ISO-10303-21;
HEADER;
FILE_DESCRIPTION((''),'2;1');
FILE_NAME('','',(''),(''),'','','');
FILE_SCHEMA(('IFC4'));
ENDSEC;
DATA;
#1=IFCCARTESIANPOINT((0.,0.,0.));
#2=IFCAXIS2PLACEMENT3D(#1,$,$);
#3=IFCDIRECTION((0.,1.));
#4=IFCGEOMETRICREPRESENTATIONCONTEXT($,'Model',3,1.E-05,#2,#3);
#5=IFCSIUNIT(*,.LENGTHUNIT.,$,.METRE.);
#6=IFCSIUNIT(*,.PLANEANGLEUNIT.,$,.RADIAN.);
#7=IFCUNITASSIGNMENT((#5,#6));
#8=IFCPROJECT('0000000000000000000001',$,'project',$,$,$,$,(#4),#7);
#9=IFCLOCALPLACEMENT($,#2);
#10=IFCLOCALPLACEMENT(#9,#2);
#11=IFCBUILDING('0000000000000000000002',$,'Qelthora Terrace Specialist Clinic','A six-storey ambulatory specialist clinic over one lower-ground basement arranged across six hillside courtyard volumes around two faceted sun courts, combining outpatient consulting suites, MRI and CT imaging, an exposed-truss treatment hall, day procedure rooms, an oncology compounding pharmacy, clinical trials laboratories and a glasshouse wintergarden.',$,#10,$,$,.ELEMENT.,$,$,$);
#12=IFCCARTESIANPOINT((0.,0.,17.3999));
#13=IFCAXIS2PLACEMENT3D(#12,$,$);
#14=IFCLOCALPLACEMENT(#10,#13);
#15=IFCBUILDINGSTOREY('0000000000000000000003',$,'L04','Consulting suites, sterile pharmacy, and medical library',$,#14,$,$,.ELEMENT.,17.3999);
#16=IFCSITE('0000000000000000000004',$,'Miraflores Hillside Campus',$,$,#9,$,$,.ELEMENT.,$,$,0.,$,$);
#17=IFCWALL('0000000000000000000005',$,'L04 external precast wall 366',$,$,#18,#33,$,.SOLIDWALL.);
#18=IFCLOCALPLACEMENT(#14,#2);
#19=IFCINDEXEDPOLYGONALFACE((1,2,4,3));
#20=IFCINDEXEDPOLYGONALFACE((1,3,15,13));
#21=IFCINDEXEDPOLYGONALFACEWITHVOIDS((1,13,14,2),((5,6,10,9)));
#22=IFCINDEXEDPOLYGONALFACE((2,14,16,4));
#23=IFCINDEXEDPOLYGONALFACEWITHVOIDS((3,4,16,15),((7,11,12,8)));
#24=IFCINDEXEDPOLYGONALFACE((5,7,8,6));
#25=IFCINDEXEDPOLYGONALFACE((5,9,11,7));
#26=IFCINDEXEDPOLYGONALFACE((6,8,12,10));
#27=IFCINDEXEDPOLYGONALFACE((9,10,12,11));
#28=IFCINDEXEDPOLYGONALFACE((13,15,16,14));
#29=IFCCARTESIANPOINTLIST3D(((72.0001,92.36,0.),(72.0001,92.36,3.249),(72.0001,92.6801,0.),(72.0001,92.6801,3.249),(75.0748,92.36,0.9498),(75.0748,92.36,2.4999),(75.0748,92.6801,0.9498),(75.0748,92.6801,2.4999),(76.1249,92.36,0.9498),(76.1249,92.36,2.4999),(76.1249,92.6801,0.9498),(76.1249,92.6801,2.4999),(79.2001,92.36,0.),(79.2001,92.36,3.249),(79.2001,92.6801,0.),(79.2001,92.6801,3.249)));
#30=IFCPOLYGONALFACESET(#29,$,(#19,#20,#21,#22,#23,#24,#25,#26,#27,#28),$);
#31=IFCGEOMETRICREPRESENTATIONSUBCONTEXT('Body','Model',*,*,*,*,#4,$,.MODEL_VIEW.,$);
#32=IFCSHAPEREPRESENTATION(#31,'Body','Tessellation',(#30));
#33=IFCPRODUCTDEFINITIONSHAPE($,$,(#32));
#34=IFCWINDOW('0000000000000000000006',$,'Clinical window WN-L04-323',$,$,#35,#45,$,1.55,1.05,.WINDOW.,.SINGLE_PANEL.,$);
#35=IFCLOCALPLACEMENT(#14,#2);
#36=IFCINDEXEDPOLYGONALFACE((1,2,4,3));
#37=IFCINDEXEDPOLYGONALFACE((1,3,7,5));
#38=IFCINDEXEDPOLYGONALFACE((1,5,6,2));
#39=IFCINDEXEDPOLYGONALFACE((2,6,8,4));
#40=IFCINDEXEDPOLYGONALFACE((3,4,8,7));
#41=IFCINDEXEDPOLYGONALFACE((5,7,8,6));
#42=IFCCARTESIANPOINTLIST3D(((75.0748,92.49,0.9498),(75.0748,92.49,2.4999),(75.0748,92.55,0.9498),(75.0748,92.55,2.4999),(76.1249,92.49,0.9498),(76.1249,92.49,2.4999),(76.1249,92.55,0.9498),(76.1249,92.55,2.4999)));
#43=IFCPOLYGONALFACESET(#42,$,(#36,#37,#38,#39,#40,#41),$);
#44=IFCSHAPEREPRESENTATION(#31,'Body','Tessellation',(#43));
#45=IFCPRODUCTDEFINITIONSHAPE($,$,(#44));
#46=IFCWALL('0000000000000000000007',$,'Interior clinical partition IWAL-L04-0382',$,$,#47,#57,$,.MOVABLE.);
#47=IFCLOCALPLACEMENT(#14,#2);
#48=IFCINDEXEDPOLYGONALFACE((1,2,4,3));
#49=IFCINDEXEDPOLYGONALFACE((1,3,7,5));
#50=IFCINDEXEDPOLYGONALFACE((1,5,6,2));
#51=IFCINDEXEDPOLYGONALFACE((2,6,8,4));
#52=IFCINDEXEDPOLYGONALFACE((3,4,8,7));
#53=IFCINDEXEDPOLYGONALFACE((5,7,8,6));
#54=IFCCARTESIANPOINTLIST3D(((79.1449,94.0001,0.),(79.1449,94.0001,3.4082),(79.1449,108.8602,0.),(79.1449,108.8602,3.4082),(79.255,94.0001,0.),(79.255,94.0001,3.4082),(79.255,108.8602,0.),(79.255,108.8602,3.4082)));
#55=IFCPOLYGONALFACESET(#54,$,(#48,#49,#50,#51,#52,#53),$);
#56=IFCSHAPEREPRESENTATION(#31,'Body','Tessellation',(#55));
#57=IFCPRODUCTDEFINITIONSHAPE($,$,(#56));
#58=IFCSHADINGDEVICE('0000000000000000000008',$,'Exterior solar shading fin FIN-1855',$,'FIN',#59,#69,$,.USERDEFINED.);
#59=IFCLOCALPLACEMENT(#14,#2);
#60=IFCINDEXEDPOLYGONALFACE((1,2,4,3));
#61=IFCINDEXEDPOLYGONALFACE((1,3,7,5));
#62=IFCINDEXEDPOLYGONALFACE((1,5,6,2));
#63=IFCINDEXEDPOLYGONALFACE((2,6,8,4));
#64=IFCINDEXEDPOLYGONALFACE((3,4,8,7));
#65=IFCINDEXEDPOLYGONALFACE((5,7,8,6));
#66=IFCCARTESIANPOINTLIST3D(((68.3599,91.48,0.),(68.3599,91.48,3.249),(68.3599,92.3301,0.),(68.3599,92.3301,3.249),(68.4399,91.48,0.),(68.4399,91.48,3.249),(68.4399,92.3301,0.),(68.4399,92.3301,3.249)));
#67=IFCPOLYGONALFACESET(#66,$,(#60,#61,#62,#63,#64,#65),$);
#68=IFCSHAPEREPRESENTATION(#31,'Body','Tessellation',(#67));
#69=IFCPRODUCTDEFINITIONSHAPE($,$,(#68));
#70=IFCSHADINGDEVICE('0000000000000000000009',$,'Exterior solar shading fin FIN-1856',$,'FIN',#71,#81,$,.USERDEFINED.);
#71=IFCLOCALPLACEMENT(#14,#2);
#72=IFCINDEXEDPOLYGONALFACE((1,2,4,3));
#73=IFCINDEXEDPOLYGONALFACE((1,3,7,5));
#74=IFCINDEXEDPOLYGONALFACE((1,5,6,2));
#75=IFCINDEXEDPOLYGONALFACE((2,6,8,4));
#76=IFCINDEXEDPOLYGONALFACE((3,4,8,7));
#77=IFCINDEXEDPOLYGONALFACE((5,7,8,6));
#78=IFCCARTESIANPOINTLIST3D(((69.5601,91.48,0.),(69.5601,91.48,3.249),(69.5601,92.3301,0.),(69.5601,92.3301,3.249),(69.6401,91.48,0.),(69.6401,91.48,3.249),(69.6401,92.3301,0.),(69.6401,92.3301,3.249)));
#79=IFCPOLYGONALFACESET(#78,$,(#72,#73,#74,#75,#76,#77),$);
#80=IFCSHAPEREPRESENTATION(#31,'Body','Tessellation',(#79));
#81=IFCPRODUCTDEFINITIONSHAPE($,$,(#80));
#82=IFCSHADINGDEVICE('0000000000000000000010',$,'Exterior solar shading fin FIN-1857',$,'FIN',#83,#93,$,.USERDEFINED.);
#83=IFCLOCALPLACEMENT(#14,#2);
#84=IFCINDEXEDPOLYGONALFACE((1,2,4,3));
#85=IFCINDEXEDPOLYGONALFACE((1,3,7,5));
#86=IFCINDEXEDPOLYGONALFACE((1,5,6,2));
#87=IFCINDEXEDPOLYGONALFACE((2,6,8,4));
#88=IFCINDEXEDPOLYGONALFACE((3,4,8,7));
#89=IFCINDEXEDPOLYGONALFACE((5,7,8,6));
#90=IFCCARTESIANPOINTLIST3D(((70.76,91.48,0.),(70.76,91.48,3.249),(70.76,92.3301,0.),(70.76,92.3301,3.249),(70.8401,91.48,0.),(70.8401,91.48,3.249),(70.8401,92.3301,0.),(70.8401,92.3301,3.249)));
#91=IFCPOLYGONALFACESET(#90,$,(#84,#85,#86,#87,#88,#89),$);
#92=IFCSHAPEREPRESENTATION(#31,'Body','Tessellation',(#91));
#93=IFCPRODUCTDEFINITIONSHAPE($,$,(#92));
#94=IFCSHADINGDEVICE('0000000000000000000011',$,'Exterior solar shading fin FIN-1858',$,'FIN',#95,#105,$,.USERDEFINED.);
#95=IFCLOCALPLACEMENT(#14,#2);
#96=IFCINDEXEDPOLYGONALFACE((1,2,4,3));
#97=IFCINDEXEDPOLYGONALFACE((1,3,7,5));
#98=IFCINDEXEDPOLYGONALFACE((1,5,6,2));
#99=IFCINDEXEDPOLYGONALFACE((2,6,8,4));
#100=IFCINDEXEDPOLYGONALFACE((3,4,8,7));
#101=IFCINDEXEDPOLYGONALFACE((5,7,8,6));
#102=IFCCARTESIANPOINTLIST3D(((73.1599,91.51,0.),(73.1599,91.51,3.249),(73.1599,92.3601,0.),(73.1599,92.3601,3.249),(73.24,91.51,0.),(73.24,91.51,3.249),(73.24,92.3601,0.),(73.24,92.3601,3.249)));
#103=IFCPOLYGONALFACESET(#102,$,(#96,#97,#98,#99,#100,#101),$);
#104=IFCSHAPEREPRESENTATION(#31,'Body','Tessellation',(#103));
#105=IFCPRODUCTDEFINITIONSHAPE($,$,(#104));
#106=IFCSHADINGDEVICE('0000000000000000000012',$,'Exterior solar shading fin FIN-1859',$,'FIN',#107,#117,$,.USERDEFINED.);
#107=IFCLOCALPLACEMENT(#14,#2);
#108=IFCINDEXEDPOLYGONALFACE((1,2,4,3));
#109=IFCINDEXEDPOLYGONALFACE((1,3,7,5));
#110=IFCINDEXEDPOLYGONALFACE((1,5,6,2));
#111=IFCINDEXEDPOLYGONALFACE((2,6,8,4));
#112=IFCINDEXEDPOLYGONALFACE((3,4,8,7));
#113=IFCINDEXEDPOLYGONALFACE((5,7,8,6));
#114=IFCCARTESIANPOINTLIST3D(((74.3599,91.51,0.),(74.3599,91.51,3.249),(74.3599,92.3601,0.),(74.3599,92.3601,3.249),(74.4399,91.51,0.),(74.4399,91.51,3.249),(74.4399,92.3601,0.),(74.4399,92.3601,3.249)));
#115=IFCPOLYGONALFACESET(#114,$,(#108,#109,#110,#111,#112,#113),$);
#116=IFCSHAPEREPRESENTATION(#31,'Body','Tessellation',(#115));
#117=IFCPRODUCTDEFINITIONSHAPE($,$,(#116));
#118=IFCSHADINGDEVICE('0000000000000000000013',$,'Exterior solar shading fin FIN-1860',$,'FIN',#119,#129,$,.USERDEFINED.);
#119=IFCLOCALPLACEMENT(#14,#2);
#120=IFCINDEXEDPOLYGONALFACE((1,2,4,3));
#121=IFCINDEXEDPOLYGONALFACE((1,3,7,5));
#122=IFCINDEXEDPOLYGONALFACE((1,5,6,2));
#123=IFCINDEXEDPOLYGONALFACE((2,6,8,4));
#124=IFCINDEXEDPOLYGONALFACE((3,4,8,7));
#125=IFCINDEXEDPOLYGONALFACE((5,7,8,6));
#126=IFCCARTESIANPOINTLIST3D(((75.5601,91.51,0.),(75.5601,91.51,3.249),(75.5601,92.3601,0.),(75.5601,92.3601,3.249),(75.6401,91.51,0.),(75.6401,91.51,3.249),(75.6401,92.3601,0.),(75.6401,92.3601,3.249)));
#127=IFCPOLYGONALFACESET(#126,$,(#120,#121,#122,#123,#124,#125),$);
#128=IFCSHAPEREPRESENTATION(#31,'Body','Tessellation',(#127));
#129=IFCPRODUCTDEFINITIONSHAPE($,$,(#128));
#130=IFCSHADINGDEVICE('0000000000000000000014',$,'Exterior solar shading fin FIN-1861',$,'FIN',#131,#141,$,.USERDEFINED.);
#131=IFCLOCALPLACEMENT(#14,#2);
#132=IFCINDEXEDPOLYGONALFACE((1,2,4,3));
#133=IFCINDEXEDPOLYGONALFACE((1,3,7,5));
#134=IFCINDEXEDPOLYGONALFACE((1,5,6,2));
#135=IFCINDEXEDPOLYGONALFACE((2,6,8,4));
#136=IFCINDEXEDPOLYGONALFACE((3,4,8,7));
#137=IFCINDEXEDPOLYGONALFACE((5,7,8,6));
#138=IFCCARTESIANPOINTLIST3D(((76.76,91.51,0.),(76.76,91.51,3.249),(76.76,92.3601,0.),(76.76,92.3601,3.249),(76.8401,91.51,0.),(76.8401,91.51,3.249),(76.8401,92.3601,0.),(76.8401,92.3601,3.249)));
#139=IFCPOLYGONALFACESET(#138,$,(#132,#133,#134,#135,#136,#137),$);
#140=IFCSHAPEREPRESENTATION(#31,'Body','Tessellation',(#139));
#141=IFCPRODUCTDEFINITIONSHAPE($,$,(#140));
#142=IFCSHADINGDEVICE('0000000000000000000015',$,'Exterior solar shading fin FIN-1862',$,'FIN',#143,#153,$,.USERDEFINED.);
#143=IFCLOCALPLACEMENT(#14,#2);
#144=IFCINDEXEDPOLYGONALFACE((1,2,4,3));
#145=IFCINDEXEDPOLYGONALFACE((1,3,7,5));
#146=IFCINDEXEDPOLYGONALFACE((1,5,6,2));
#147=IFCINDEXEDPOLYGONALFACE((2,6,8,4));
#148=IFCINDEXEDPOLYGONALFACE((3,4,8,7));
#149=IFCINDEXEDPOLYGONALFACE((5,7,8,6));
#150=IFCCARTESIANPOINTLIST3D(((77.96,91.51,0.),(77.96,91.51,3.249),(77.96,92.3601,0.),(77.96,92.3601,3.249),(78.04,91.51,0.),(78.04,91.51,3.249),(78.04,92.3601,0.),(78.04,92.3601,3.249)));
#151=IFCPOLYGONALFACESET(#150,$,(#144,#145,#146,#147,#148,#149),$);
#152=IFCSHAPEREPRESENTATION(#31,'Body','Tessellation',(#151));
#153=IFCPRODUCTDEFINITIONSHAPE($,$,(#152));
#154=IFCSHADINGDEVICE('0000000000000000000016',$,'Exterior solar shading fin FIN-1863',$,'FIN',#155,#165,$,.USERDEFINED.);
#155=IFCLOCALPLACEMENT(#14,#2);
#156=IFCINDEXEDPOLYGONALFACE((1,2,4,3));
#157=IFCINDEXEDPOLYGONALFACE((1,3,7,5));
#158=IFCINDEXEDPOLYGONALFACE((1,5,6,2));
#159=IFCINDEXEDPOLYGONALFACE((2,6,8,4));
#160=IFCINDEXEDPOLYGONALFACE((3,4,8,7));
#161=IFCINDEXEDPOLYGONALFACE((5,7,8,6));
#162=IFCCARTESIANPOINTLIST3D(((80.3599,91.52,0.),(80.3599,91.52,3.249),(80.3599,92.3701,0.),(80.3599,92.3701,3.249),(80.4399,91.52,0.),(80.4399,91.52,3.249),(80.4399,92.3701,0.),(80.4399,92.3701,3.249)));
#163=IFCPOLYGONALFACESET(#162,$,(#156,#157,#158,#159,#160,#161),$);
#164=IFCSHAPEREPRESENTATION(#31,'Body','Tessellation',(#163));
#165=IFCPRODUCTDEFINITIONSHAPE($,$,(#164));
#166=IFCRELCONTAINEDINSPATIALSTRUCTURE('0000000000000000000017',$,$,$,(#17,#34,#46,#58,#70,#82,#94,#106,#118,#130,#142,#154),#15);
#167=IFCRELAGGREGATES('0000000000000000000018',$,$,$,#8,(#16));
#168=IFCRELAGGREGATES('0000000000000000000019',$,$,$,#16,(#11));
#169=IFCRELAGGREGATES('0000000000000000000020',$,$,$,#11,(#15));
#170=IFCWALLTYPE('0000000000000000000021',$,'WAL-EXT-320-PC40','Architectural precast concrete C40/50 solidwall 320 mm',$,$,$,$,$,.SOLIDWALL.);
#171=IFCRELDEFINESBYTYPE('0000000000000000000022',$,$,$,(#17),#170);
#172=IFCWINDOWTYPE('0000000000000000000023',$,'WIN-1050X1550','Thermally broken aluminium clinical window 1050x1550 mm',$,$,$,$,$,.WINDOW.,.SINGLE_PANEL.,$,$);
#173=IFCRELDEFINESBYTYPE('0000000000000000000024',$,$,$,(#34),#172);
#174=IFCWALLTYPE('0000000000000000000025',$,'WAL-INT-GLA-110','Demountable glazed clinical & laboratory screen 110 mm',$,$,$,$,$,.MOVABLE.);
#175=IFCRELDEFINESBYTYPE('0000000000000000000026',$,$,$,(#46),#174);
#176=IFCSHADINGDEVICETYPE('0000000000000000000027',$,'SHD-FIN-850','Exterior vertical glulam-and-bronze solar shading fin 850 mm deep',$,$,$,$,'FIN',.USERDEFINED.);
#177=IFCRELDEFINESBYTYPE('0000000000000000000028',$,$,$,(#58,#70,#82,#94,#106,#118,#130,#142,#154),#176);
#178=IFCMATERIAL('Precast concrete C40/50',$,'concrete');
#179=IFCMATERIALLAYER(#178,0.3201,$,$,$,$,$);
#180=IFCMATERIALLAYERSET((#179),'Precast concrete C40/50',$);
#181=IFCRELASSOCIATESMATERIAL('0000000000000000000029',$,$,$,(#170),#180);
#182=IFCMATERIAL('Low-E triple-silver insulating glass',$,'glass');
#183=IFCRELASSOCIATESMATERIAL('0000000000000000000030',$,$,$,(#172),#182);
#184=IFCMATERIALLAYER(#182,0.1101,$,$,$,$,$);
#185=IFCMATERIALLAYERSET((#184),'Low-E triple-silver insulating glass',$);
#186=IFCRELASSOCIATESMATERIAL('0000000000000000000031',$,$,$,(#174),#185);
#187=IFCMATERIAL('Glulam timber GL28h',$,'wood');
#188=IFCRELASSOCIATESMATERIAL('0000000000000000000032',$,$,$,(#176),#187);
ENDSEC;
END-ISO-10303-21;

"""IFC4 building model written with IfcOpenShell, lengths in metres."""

from ifc_helpers import new_model, si_unit, direction, frame, frame_2d, origin, origin_2d, place, context, subcontext, project, spatial, rectangle, extrude, material, layer, layer_set, type_object, element, fill, save


model = new_model("IFC4")

# Units and contexts
model_context = context("Model", 3, precision=1e-05, world=origin(), true_north=direction((0.0, 1.0)))
body_context = subcontext(model_context, "Body", "Model", "MODEL_VIEW")
ifc_project = project(units=[si_unit("LENGTHUNIT", "METRE"), si_unit("PLANEANGLEUNIT", "RADIAN")], contexts=[model_context])

# Site, building, storey
site_placement = place(None, origin())
site = spatial("IfcSite", under=ifc_project, at=site_placement, Name="Miraflores Hillside Campus", CompositionType="ELEMENT", RefElevation=0.0)
building_placement = place(site_placement, origin())
building = spatial("IfcBuilding", under=site, at=building_placement, Name="Qelthora Terrace Specialist Clinic", Description="A six-storey ambulatory specialist clinic over one lower-ground basement arranged across six hillside courtyard volumes around two faceted sun courts, combining outpatient consulting suites, MRI and CT imaging, an exposed-truss treatment hall, day procedure rooms, an oncology compounding pharmacy, clinical trials laboratories and a glasshouse wintergarden.", CompositionType="ELEMENT")
storey_placement = place(building_placement, frame((0.0, 0.0, 17.3999)))
storey = spatial("IfcBuildingStorey", under=building, at=storey_placement, Name="L04", Description="Consulting suites, sterile pharmacy, and medical library", CompositionType="ELEMENT", Elevation=17.3999)

# Wall, opening, window
ifc_material_1 = material(Name="Precast concrete C40/50", Category="concrete")
ifc_material_2 = material(Name="Low-E triple-silver insulating glass", Category="glass")
ifc_layer_1 = layer(ifc_material_1, 0.3201)
ifc_layer_set_1 = layer_set([ifc_layer_1], Name="Precast concrete C40/50")
wall_type_1 = type_object("IfcWallType", Name="WAL-EXT-320-PC40", Description="Architectural precast concrete C40/50 solidwall 320 mm", PredefinedType="SOLIDWALL", material=ifc_layer_set_1)
wall_1_placement = place(storey_placement, frame((72.0, 92.52, 0.0), z_axis=(0.0, 0.0, 1.0), x_axis=(1.0, 0.0, 0.0)))
wall_1 = element("IfcWall", 1, at=wall_1_placement, inside=storey, type_object=wall_type_1, Name="L04 external precast wall 366", PredefinedType="SOLIDWALL", context=body_context, shape_type="SweptSolid", body=[
    extrude(rectangle(XDim=7.2, YDim=0.3201, at=frame_2d((3.6001, 0.0))), origin(), (0.0, 0.0, 1.0), 3.249),
])
opening_1_placement = place(wall_1_placement, frame((3.075, 0.0, 0.95)))
opening_1 = element("IfcOpeningElement", 2, at=opening_1_placement, cuts=wall_1, PredefinedType="OPENING", context=body_context, shape_type="SweptSolid", body=[
    extrude(rectangle(XDim=1.05, YDim=1.55, at=frame_2d((0.5249, 0.7749))), frame((0.0, 0.1699, 0.0), z_axis=(0.0, -1.0, 0.0), x_axis=(1.0, 0.0, 0.0)), (0.0, 0.0, 1.0), 0.3401),
])
window_type_1 = type_object("IfcWindowType", Name="WIN-1050X1550", Description="Thermally broken aluminium clinical window 1050x1550 mm", PartitioningType="SINGLE_PANEL", PredefinedType="WINDOW", material=ifc_material_2)
window_1_placement = place(opening_1_placement, origin())
window_1 = element("IfcWindow", 3, at=window_1_placement, inside=storey, type_object=window_type_1, Name="Clinical window WN-L04-323", OverallHeight=1.55, OverallWidth=1.05, PartitioningType="SINGLE_PANEL", PredefinedType="WINDOW", context=body_context, shape_type="SweptSolid", body=[
    extrude(rectangle(XDim=1.05, YDim=1.55, at=frame_2d((0.5249, 0.7749))), frame((0.0, 0.03, 0.0), z_axis=(0.0, -1.0, 0.0), x_axis=(1.0, 0.0, 0.0)), (0.0, 0.0, 1.0), 0.0601),
])
fill(opening_1, window_1)

# Wall
ifc_layer_2 = layer(ifc_material_2, 0.1101)
ifc_layer_set_2 = layer_set([ifc_layer_2], Name="Low-E triple-silver insulating glass")
wall_type_2 = type_object("IfcWallType", Name="WAL-INT-GLA-110", Description="Demountable glazed clinical & laboratory screen 110 mm", PredefinedType="MOVABLE", material=ifc_layer_set_2)
wall_2_placement = place(storey_placement, frame((79.2, 94.0, 0.0), z_axis=(0.0, 0.0, 1.0), x_axis=(0.0, 1.0, 0.0)))
element("IfcWall", 4, at=wall_2_placement, inside=storey, type_object=wall_type_2, Name="Interior clinical partition IWAL-L04-0382", PredefinedType="MOVABLE", context=body_context, shape_type="SweptSolid", body=[
    extrude(rectangle(XDim=14.8601, YDim=0.1101, at=frame_2d((7.4302, 0.0))), origin(), (0.0, 0.0, 1.0), 3.4082),
])

# Shading devices
ifc_material_3 = material(Name="Glulam timber GL28h", Category="wood")
shading_device_type = type_object("IfcShadingDeviceType", Name="SHD-FIN-850", Description="Exterior vertical glulam-and-bronze solar shading fin 850 mm deep", ElementType="FIN", PredefinedType="USERDEFINED", material=ifc_material_3)
for number, where, z_axis, x_axis, name in (
    (5, (68.3999, 91.905, 0.0), (0.0, 0.0, 1.0), (0.0, -1.0, 0.0), "Exterior solar shading fin FIN-1855"),
    (6, (69.6001, 91.905, 0.0), (0.0, 0.0, 1.0), (0.0, -1.0, 0.0), "Exterior solar shading fin FIN-1856"),
    (7, (70.8, 91.905, 0.0), (0.0, 0.0, 1.0), (0.0, -1.0, 0.0), "Exterior solar shading fin FIN-1857"),
    (8, (73.2, 91.9351, 0.0), (0.0, 0.0, 1.0), (0.0, -1.0, 0.0), "Exterior solar shading fin FIN-1858"),
    (9, (74.3999, 91.9351, 0.0), (0.0, 0.0, 1.0), (0.0, -1.0, 0.0), "Exterior solar shading fin FIN-1859"),
    (10, (75.6001, 91.9351, 0.0), (0.0, 0.0, 1.0), (0.0, -1.0, 0.0), "Exterior solar shading fin FIN-1860"),
    (11, (76.8, 91.9351, 0.0), (0.0, 0.0, 1.0), (0.0, -1.0, 0.0), "Exterior solar shading fin FIN-1861"),
    (12, (78.0, 91.9351, 0.0), (0.0, 0.0, 1.0), (0.0, -1.0, 0.0), "Exterior solar shading fin FIN-1862"),
    (13, (80.3999, 91.9451, 0.0), (0.0, 0.0, 1.0), (0.0, -1.0, 0.0), "Exterior solar shading fin FIN-1863"),
):
    element("IfcShadingDevice", number, at=place(storey_placement, frame(where, z_axis=z_axis, x_axis=x_axis)), inside=storey, type_object=shading_device_type, Name=name, ObjectType="FIN", PredefinedType="USERDEFINED", context=body_context, shape_type="SweptSolid", body=[
        extrude(rectangle(XDim=0.8501, YDim=0.0801, at=origin_2d()), origin(), (0.0, 0.0, 1.0), 3.249),
    ])

save(model, "model.ifc")
